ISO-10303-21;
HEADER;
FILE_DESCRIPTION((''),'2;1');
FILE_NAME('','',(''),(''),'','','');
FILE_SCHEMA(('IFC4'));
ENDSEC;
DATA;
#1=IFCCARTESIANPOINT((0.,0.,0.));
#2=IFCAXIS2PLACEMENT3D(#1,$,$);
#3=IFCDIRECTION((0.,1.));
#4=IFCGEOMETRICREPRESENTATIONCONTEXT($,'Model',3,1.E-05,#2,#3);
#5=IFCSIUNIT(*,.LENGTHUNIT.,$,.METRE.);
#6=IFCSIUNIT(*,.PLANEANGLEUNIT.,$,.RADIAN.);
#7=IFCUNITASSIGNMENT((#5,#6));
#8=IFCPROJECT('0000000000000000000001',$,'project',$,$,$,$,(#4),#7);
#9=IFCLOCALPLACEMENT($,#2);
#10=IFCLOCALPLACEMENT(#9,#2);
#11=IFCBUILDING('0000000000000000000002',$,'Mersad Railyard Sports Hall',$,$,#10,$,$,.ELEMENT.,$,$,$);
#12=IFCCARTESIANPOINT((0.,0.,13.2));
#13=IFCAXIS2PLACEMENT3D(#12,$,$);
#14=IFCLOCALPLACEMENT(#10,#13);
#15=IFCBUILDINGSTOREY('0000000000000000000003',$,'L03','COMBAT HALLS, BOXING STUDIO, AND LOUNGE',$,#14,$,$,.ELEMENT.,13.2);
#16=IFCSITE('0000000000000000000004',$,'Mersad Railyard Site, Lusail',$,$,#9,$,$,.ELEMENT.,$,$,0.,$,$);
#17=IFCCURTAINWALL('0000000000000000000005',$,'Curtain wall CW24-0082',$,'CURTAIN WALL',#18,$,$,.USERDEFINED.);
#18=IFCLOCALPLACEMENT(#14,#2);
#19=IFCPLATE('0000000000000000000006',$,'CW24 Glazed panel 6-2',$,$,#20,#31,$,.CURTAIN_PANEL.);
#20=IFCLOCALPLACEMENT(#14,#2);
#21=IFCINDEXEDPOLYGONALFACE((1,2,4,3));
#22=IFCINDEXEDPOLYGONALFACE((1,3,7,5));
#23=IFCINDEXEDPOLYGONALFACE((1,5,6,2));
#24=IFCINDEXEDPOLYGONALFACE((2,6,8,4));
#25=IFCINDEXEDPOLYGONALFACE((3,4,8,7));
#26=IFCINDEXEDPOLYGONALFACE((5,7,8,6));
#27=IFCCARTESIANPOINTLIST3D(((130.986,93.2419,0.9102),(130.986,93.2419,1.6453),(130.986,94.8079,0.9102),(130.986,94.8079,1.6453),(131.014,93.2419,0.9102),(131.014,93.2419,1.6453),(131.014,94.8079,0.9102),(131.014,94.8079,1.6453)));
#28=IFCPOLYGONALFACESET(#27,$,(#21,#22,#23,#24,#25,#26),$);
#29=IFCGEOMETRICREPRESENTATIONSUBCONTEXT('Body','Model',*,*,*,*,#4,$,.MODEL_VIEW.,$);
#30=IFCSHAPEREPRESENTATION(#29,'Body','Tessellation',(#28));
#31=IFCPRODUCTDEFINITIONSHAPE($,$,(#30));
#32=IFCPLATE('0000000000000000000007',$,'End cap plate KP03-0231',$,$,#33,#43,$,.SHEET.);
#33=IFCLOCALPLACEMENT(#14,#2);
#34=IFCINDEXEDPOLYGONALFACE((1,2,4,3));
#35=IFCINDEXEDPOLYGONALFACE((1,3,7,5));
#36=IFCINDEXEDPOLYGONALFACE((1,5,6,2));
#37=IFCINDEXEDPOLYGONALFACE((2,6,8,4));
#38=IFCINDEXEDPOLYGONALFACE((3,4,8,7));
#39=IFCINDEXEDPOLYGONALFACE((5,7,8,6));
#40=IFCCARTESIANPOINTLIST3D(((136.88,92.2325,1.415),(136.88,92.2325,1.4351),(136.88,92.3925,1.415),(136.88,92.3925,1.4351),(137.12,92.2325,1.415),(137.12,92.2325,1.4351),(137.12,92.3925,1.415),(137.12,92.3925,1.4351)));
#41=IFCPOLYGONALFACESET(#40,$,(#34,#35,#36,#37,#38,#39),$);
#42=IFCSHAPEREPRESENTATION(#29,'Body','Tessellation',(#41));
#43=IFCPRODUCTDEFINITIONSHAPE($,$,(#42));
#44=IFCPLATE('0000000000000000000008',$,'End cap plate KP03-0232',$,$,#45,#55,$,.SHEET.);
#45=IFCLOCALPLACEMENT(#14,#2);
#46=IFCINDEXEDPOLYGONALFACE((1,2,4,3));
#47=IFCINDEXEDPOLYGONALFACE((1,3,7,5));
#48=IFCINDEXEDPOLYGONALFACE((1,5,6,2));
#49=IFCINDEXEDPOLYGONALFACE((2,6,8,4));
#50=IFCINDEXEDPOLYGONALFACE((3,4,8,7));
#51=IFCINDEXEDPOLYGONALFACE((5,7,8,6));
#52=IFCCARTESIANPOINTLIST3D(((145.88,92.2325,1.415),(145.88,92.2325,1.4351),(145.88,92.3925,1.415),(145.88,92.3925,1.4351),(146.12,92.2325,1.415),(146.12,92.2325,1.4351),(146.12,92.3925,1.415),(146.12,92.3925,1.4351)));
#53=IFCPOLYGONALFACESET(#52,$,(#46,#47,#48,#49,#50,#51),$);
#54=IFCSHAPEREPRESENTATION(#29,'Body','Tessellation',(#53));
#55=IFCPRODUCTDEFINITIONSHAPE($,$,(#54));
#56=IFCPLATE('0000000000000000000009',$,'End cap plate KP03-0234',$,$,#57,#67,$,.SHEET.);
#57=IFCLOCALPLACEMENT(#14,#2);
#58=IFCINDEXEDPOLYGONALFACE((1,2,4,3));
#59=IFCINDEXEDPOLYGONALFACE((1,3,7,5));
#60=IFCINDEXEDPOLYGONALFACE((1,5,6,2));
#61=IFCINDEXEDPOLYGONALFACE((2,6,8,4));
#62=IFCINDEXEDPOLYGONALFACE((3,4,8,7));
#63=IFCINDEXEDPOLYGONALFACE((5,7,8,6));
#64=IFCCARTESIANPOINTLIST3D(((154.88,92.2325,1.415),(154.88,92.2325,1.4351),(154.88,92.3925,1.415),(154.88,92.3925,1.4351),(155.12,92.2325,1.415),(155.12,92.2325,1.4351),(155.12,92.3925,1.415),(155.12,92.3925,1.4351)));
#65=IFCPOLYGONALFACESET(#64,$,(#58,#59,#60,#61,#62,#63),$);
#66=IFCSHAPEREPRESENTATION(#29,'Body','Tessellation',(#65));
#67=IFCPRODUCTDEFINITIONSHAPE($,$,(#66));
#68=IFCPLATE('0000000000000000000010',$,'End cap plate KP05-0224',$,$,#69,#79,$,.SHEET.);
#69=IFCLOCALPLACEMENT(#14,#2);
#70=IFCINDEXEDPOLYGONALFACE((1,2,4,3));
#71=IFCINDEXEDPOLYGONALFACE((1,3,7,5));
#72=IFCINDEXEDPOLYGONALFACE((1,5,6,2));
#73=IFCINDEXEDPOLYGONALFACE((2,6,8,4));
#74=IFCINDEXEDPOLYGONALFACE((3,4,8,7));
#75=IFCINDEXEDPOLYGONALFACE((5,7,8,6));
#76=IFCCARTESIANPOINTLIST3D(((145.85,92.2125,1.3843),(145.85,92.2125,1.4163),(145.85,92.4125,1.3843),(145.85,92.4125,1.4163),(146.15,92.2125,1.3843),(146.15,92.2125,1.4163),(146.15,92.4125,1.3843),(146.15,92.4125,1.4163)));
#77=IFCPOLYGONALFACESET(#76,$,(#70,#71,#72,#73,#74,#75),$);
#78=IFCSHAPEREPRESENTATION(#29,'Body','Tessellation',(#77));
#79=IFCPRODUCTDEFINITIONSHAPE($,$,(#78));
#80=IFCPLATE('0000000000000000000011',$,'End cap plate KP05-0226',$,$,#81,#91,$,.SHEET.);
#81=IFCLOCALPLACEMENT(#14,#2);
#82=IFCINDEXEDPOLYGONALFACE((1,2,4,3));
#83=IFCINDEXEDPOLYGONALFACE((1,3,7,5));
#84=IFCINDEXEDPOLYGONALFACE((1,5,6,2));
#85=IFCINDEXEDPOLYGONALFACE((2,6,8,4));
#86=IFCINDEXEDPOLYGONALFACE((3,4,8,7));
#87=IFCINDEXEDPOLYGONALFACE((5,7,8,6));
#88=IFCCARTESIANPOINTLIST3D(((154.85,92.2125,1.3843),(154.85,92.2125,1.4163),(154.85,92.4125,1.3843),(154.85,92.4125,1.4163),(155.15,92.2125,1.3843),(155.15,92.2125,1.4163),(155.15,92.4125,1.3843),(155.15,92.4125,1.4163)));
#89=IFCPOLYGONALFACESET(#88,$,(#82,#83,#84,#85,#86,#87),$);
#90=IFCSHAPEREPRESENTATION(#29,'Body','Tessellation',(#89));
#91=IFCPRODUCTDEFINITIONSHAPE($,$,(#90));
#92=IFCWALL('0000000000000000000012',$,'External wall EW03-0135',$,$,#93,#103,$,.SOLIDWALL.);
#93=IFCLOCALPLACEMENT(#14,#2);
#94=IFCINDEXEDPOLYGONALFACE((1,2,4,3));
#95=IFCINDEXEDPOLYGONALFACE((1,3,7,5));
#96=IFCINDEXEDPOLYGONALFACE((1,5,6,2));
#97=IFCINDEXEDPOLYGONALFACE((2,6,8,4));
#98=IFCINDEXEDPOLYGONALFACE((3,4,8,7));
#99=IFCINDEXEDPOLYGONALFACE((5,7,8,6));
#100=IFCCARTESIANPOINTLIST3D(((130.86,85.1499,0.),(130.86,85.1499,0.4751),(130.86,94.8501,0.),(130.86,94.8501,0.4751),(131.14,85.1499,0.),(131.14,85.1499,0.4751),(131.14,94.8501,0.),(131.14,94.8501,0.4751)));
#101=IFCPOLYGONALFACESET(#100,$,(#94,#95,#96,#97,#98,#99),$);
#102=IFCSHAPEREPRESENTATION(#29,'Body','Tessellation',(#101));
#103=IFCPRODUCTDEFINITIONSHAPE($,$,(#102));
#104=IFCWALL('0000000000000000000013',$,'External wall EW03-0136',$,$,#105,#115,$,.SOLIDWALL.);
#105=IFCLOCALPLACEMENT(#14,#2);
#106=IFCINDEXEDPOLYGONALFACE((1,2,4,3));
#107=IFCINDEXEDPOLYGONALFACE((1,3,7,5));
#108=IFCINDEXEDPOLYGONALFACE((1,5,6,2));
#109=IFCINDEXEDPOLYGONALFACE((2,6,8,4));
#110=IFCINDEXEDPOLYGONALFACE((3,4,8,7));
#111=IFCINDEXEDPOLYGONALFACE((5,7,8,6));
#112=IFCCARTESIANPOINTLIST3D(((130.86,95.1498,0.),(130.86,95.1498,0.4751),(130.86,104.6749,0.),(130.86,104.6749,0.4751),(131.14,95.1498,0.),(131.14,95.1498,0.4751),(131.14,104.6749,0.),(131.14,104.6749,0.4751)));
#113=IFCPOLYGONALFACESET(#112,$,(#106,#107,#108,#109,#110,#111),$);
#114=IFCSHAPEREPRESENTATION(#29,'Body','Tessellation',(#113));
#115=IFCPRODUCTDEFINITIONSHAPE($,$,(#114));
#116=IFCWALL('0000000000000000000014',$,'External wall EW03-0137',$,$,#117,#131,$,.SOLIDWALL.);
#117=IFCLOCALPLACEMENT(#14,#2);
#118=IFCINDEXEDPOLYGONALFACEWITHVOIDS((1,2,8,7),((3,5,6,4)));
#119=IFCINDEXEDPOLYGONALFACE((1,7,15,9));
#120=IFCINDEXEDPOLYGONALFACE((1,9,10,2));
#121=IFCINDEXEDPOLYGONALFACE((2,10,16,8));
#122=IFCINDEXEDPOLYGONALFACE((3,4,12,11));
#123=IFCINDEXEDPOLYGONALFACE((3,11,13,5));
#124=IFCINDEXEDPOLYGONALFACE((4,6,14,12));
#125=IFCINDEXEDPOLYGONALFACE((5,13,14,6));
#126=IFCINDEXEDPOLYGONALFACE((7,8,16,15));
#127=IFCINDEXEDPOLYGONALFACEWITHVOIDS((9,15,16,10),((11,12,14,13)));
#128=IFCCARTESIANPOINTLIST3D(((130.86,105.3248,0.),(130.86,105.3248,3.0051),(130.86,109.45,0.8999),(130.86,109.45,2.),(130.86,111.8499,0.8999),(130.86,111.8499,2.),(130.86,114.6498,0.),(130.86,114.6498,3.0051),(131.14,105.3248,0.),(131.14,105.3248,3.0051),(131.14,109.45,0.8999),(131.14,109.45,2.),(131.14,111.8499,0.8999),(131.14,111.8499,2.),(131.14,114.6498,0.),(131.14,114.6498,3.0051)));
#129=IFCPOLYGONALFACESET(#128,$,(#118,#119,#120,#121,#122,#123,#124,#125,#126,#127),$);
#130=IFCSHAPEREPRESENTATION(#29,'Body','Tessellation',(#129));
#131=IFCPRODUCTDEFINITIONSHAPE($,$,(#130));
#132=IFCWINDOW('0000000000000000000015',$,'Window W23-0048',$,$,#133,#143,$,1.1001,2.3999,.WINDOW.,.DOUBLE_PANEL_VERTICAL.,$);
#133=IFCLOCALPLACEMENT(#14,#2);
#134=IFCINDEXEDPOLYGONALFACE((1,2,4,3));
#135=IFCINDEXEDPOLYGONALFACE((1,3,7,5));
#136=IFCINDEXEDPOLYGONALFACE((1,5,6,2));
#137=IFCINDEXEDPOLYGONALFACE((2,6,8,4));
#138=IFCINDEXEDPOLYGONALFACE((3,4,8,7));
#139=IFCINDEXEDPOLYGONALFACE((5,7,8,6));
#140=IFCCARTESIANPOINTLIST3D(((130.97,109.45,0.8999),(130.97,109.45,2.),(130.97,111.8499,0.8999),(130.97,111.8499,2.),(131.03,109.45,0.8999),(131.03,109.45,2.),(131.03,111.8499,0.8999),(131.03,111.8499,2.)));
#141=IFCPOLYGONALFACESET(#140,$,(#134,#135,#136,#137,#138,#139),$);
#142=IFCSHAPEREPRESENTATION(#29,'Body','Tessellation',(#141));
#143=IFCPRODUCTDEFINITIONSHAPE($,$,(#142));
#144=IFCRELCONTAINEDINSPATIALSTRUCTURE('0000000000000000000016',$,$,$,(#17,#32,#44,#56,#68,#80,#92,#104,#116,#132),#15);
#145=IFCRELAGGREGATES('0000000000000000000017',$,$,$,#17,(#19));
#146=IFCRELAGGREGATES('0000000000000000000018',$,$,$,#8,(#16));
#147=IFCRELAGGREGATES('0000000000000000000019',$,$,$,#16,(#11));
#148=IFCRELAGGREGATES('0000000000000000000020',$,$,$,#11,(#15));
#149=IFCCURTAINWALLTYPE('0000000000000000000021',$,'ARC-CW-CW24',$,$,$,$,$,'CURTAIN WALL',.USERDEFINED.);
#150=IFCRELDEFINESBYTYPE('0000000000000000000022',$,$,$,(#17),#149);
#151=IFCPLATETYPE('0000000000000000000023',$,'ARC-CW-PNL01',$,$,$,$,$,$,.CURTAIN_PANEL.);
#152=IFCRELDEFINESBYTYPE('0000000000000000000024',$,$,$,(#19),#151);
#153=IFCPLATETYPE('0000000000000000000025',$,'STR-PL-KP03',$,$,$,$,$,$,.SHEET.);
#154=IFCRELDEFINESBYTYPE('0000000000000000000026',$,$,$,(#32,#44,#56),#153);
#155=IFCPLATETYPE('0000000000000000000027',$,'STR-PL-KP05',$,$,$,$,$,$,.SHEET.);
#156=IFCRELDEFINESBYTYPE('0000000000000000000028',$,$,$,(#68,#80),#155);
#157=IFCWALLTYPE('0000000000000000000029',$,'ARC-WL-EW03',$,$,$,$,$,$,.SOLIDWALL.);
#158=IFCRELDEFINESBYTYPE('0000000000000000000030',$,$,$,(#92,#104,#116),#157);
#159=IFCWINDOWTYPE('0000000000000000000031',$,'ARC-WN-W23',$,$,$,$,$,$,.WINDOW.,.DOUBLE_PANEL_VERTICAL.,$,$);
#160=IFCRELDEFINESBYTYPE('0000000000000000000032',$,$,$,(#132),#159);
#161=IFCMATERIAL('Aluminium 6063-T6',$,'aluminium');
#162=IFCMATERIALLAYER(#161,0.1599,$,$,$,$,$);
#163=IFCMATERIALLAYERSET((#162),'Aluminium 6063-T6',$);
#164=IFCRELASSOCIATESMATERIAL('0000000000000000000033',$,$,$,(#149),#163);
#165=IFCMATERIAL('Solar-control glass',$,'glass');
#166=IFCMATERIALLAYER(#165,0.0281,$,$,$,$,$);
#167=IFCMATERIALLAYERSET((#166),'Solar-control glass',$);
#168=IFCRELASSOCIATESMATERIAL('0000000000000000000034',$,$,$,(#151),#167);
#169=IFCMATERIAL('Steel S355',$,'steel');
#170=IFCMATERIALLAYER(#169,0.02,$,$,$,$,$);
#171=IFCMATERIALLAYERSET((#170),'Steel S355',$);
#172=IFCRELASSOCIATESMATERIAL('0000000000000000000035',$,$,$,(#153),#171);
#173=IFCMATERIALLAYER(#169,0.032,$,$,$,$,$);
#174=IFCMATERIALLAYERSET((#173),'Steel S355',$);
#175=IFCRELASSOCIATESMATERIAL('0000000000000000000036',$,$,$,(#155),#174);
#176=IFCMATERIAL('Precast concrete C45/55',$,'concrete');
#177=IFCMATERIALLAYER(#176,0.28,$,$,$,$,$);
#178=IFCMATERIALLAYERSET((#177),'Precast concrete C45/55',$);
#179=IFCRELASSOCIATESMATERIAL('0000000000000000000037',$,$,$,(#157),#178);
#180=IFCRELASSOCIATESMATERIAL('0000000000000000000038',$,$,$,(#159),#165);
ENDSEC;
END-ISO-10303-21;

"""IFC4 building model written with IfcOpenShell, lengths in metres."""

from ifc_helpers import new_model, si_unit, direction, frame, frame_2d, origin, origin_2d, place, context, subcontext, project, spatial, rectangle, extrude, material, layer, layer_set, type_object, element, fill, aggregate, save


model = new_model("IFC4")

# Units and contexts
model_context = context("Model", 3, precision=1e-05, world=origin(), true_north=direction((0.0, 1.0)))
body_context = subcontext(model_context, "Body", "Model", "MODEL_VIEW")
ifc_project = project(units=[si_unit("LENGTHUNIT", "METRE"), si_unit("PLANEANGLEUNIT", "RADIAN")], contexts=[model_context])

# Site, building, storey
site_placement = place(None, origin())
site = spatial("IfcSite", under=ifc_project, at=site_placement, Name="Mersad Railyard Site, Lusail", CompositionType="ELEMENT", RefElevation=0.0)
building_placement = place(site_placement, origin())
building = spatial("IfcBuilding", under=site, at=building_placement, Name="Mersad Railyard Sports Hall", CompositionType="ELEMENT")
storey_placement = place(building_placement, frame((0.0, 0.0, 13.2)))
storey = spatial("IfcBuildingStorey", under=building, at=storey_placement, Name="L03", Description="COMBAT HALLS, BOXING STUDIO, AND LOUNGE", CompositionType="ELEMENT", Elevation=13.2)

# Shared definitions
ifc_material_1 = material(Name="Steel S355", Category="steel")

# Curtain wall
ifc_material_2 = material(Name="Aluminium 6063-T6", Category="aluminium")
ifc_layer_1 = layer(ifc_material_2, 0.1599)
ifc_layer_set_1 = layer_set([ifc_layer_1], Name="Aluminium 6063-T6")
curtain_wall_type = type_object("IfcCurtainWallType", Name="ARC-CW-CW24", ElementType="CURTAIN WALL", PredefinedType="USERDEFINED", material=ifc_layer_set_1)
curtain_wall_placement = place(storey_placement, origin())
curtain_wall = element("IfcCurtainWall", 1, at=curtain_wall_placement, inside=storey, type_object=curtain_wall_type, Name="Curtain wall CW24-0082", ObjectType="CURTAIN WALL", PredefinedType="USERDEFINED")

# Plate
ifc_material_3 = material(Name="Solar-control glass", Category="glass")
ifc_layer_2 = layer(ifc_material_3, 0.0281)
ifc_layer_set_2 = layer_set([ifc_layer_2], Name="Solar-control glass")
plate_type_1 = type_object("IfcPlateType", Name="ARC-CW-PNL01", PredefinedType="CURTAIN_PANEL", material=ifc_layer_set_2)
plate_1_placement = place(storey_placement, frame((131.0, 94.0249, 0.9102), z_axis=(0.0, 0.0, 1.0), x_axis=(0.0, 1.0, 0.0)))
plate_1 = element("IfcPlate", 2, at=plate_1_placement, type_object=plate_type_1, Name="CW24 Glazed panel 6-2", PredefinedType="CURTAIN_PANEL", context=body_context, shape_type="SweptSolid", body=[
    extrude(rectangle(XDim=1.5659, YDim=0.0281, at=origin_2d()), origin(), (0.0, 0.0, 1.0), 0.7351),
])
aggregate(curtain_wall, [plate_1])

# Plates
ifc_layer_3 = layer(ifc_material_1, 0.02)
ifc_layer_set_3 = layer_set([ifc_layer_3], Name="Steel S355")
plate_type_2 = type_object("IfcPlateType", Name="STR-PL-KP03", PredefinedType="SHEET", material=ifc_layer_set_3)
for number, where, z_axis, x_axis, name in (
    (3, (137.0, 92.3125, 1.415), (0.0, 0.0, 1.0), (1.0, 0.0, 0.0), "End cap plate KP03-0231"),
    (4, (146.0, 92.3125, 1.415), (0.0, 0.0, 1.0), (1.0, 0.0, 0.0), "End cap plate KP03-0232"),
    (5, (155.0, 92.3125, 1.415), (0.0, 0.0, 1.0), (1.0, 0.0, 0.0), "End cap plate KP03-0234"),
):
    element("IfcPlate", number, at=place(storey_placement, frame(where, z_axis=z_axis, x_axis=x_axis)), inside=storey, type_object=plate_type_2, Name=name, PredefinedType="SHEET", context=body_context, shape_type="SweptSolid", body=[
        extrude(rectangle(XDim=0.24, YDim=0.1599, at=origin_2d()), origin(), (0.0, 0.0, 1.0), 0.02),
    ])
ifc_layer_4 = layer(ifc_material_1, 0.032)
ifc_layer_set_4 = layer_set([ifc_layer_4], Name="Steel S355")
plate_type_3 = type_object("IfcPlateType", Name="STR-PL-KP05", PredefinedType="SHEET", material=ifc_layer_set_4)
for number, where, z_axis, x_axis, name in (
    (6, (146.0, 92.3125, 1.3843), (0.0, 0.0, 1.0), (1.0, 0.0, 0.0), "End cap plate KP05-0224"),
    (7, (155.0, 92.3125, 1.3843), (0.0, 0.0, 1.0), (1.0, 0.0, 0.0), "End cap plate KP05-0226"),
):
    element("IfcPlate", number, at=place(storey_placement, frame(where, z_axis=z_axis, x_axis=x_axis)), inside=storey, type_object=plate_type_3, Name=name, PredefinedType="SHEET", context=body_context, shape_type="SweptSolid", body=[
        extrude(rectangle(XDim=0.3, YDim=0.2, at=origin_2d()), origin(), (0.0, 0.0, 1.0), 0.032),
    ])

# Walls
ifc_material_4 = material(Name="Precast concrete C45/55", Category="concrete")
ifc_layer_5 = layer(ifc_material_4, 0.28)
ifc_layer_set_5 = layer_set([ifc_layer_5], Name="Precast concrete C45/55")
wall_type = type_object("IfcWallType", Name="ARC-WL-EW03", PredefinedType="SOLIDWALL", material=ifc_layer_set_5)
wall_1_placement = place(storey_placement, frame((131.0, 94.8501, 0.0), z_axis=(0.0, 0.0, 1.0), x_axis=(0.0, -1.0, 0.0)))
element("IfcWall", 8, at=wall_1_placement, inside=storey, type_object=wall_type, Name="External wall EW03-0135", PredefinedType="SOLIDWALL", context=body_context, shape_type="SweptSolid", body=[
    extrude(rectangle(XDim=9.7002, YDim=0.28, at=frame_2d((4.8501, 0.0))), origin(), (0.0, 0.0, 1.0), 0.4751),
])
wall_2_placement = place(storey_placement, frame((131.0, 104.675, 0.0), z_axis=(0.0, 0.0, 1.0), x_axis=(0.0, -1.0, 0.0)))
element("IfcWall", 9, at=wall_2_placement, inside=storey, type_object=wall_type, Name="External wall EW03-0136", PredefinedType="SOLIDWALL", context=body_context, shape_type="SweptSolid", body=[
    extrude(rectangle(XDim=9.5251, YDim=0.28, at=frame_2d((4.7627, 0.0))), origin(), (0.0, 0.0, 1.0), 0.4751),
])

# Wall, opening, window
wall_3_placement = place(storey_placement, frame((131.0, 114.6499, 0.0), z_axis=(0.0, 0.0, 1.0), x_axis=(0.0, -1.0, 0.0)))
wall_3 = element("IfcWall", 10, at=wall_3_placement, inside=storey, type_object=wall_type, Name="External wall EW03-0137", PredefinedType="SOLIDWALL", context=body_context, shape_type="SweptSolid", body=[
    extrude(rectangle(XDim=9.325, YDim=0.28, at=frame_2d((4.6626, 0.0))), origin(), (0.0, 0.0, 1.0), 3.0051),
])
opening_placement = place(wall_3_placement, frame((2.8, 0.0, 0.8999)))
opening = element("IfcOpeningElement", 11, at=opening_placement, cuts=wall_3, PredefinedType="OPENING", context=body_context, shape_type="SweptSolid", body=[
    extrude(rectangle(XDim=2.3999, YDim=1.1001, at=frame_2d((1.2, 0.55))), frame((0.0, 0.1499, 0.0), z_axis=(0.0, -1.0, 0.0), x_axis=(1.0, 0.0, 0.0)), (0.0, 0.0, 1.0), 0.3),
])
window_type = type_object("IfcWindowType", Name="ARC-WN-W23", PartitioningType="DOUBLE_PANEL_VERTICAL", PredefinedType="WINDOW", material=ifc_material_3)
window_placement = place(opening_placement, origin())
window = element("IfcWindow", 12, at=window_placement, inside=storey, type_object=window_type, Name="Window W23-0048", OverallHeight=1.1001, OverallWidth=2.3999, PartitioningType="DOUBLE_PANEL_VERTICAL", PredefinedType="WINDOW", context=body_context, shape_type="SweptSolid", body=[
    extrude(rectangle(XDim=2.3999, YDim=1.1001, at=frame_2d((1.2, 0.55))), frame((0.0, 0.03, 0.0), z_axis=(0.0, -1.0, 0.0), x_axis=(1.0, 0.0, 0.0)), (0.0, 0.0, 1.0), 0.0601),
])
fill(opening, window)

save(model, "model.ifc")
